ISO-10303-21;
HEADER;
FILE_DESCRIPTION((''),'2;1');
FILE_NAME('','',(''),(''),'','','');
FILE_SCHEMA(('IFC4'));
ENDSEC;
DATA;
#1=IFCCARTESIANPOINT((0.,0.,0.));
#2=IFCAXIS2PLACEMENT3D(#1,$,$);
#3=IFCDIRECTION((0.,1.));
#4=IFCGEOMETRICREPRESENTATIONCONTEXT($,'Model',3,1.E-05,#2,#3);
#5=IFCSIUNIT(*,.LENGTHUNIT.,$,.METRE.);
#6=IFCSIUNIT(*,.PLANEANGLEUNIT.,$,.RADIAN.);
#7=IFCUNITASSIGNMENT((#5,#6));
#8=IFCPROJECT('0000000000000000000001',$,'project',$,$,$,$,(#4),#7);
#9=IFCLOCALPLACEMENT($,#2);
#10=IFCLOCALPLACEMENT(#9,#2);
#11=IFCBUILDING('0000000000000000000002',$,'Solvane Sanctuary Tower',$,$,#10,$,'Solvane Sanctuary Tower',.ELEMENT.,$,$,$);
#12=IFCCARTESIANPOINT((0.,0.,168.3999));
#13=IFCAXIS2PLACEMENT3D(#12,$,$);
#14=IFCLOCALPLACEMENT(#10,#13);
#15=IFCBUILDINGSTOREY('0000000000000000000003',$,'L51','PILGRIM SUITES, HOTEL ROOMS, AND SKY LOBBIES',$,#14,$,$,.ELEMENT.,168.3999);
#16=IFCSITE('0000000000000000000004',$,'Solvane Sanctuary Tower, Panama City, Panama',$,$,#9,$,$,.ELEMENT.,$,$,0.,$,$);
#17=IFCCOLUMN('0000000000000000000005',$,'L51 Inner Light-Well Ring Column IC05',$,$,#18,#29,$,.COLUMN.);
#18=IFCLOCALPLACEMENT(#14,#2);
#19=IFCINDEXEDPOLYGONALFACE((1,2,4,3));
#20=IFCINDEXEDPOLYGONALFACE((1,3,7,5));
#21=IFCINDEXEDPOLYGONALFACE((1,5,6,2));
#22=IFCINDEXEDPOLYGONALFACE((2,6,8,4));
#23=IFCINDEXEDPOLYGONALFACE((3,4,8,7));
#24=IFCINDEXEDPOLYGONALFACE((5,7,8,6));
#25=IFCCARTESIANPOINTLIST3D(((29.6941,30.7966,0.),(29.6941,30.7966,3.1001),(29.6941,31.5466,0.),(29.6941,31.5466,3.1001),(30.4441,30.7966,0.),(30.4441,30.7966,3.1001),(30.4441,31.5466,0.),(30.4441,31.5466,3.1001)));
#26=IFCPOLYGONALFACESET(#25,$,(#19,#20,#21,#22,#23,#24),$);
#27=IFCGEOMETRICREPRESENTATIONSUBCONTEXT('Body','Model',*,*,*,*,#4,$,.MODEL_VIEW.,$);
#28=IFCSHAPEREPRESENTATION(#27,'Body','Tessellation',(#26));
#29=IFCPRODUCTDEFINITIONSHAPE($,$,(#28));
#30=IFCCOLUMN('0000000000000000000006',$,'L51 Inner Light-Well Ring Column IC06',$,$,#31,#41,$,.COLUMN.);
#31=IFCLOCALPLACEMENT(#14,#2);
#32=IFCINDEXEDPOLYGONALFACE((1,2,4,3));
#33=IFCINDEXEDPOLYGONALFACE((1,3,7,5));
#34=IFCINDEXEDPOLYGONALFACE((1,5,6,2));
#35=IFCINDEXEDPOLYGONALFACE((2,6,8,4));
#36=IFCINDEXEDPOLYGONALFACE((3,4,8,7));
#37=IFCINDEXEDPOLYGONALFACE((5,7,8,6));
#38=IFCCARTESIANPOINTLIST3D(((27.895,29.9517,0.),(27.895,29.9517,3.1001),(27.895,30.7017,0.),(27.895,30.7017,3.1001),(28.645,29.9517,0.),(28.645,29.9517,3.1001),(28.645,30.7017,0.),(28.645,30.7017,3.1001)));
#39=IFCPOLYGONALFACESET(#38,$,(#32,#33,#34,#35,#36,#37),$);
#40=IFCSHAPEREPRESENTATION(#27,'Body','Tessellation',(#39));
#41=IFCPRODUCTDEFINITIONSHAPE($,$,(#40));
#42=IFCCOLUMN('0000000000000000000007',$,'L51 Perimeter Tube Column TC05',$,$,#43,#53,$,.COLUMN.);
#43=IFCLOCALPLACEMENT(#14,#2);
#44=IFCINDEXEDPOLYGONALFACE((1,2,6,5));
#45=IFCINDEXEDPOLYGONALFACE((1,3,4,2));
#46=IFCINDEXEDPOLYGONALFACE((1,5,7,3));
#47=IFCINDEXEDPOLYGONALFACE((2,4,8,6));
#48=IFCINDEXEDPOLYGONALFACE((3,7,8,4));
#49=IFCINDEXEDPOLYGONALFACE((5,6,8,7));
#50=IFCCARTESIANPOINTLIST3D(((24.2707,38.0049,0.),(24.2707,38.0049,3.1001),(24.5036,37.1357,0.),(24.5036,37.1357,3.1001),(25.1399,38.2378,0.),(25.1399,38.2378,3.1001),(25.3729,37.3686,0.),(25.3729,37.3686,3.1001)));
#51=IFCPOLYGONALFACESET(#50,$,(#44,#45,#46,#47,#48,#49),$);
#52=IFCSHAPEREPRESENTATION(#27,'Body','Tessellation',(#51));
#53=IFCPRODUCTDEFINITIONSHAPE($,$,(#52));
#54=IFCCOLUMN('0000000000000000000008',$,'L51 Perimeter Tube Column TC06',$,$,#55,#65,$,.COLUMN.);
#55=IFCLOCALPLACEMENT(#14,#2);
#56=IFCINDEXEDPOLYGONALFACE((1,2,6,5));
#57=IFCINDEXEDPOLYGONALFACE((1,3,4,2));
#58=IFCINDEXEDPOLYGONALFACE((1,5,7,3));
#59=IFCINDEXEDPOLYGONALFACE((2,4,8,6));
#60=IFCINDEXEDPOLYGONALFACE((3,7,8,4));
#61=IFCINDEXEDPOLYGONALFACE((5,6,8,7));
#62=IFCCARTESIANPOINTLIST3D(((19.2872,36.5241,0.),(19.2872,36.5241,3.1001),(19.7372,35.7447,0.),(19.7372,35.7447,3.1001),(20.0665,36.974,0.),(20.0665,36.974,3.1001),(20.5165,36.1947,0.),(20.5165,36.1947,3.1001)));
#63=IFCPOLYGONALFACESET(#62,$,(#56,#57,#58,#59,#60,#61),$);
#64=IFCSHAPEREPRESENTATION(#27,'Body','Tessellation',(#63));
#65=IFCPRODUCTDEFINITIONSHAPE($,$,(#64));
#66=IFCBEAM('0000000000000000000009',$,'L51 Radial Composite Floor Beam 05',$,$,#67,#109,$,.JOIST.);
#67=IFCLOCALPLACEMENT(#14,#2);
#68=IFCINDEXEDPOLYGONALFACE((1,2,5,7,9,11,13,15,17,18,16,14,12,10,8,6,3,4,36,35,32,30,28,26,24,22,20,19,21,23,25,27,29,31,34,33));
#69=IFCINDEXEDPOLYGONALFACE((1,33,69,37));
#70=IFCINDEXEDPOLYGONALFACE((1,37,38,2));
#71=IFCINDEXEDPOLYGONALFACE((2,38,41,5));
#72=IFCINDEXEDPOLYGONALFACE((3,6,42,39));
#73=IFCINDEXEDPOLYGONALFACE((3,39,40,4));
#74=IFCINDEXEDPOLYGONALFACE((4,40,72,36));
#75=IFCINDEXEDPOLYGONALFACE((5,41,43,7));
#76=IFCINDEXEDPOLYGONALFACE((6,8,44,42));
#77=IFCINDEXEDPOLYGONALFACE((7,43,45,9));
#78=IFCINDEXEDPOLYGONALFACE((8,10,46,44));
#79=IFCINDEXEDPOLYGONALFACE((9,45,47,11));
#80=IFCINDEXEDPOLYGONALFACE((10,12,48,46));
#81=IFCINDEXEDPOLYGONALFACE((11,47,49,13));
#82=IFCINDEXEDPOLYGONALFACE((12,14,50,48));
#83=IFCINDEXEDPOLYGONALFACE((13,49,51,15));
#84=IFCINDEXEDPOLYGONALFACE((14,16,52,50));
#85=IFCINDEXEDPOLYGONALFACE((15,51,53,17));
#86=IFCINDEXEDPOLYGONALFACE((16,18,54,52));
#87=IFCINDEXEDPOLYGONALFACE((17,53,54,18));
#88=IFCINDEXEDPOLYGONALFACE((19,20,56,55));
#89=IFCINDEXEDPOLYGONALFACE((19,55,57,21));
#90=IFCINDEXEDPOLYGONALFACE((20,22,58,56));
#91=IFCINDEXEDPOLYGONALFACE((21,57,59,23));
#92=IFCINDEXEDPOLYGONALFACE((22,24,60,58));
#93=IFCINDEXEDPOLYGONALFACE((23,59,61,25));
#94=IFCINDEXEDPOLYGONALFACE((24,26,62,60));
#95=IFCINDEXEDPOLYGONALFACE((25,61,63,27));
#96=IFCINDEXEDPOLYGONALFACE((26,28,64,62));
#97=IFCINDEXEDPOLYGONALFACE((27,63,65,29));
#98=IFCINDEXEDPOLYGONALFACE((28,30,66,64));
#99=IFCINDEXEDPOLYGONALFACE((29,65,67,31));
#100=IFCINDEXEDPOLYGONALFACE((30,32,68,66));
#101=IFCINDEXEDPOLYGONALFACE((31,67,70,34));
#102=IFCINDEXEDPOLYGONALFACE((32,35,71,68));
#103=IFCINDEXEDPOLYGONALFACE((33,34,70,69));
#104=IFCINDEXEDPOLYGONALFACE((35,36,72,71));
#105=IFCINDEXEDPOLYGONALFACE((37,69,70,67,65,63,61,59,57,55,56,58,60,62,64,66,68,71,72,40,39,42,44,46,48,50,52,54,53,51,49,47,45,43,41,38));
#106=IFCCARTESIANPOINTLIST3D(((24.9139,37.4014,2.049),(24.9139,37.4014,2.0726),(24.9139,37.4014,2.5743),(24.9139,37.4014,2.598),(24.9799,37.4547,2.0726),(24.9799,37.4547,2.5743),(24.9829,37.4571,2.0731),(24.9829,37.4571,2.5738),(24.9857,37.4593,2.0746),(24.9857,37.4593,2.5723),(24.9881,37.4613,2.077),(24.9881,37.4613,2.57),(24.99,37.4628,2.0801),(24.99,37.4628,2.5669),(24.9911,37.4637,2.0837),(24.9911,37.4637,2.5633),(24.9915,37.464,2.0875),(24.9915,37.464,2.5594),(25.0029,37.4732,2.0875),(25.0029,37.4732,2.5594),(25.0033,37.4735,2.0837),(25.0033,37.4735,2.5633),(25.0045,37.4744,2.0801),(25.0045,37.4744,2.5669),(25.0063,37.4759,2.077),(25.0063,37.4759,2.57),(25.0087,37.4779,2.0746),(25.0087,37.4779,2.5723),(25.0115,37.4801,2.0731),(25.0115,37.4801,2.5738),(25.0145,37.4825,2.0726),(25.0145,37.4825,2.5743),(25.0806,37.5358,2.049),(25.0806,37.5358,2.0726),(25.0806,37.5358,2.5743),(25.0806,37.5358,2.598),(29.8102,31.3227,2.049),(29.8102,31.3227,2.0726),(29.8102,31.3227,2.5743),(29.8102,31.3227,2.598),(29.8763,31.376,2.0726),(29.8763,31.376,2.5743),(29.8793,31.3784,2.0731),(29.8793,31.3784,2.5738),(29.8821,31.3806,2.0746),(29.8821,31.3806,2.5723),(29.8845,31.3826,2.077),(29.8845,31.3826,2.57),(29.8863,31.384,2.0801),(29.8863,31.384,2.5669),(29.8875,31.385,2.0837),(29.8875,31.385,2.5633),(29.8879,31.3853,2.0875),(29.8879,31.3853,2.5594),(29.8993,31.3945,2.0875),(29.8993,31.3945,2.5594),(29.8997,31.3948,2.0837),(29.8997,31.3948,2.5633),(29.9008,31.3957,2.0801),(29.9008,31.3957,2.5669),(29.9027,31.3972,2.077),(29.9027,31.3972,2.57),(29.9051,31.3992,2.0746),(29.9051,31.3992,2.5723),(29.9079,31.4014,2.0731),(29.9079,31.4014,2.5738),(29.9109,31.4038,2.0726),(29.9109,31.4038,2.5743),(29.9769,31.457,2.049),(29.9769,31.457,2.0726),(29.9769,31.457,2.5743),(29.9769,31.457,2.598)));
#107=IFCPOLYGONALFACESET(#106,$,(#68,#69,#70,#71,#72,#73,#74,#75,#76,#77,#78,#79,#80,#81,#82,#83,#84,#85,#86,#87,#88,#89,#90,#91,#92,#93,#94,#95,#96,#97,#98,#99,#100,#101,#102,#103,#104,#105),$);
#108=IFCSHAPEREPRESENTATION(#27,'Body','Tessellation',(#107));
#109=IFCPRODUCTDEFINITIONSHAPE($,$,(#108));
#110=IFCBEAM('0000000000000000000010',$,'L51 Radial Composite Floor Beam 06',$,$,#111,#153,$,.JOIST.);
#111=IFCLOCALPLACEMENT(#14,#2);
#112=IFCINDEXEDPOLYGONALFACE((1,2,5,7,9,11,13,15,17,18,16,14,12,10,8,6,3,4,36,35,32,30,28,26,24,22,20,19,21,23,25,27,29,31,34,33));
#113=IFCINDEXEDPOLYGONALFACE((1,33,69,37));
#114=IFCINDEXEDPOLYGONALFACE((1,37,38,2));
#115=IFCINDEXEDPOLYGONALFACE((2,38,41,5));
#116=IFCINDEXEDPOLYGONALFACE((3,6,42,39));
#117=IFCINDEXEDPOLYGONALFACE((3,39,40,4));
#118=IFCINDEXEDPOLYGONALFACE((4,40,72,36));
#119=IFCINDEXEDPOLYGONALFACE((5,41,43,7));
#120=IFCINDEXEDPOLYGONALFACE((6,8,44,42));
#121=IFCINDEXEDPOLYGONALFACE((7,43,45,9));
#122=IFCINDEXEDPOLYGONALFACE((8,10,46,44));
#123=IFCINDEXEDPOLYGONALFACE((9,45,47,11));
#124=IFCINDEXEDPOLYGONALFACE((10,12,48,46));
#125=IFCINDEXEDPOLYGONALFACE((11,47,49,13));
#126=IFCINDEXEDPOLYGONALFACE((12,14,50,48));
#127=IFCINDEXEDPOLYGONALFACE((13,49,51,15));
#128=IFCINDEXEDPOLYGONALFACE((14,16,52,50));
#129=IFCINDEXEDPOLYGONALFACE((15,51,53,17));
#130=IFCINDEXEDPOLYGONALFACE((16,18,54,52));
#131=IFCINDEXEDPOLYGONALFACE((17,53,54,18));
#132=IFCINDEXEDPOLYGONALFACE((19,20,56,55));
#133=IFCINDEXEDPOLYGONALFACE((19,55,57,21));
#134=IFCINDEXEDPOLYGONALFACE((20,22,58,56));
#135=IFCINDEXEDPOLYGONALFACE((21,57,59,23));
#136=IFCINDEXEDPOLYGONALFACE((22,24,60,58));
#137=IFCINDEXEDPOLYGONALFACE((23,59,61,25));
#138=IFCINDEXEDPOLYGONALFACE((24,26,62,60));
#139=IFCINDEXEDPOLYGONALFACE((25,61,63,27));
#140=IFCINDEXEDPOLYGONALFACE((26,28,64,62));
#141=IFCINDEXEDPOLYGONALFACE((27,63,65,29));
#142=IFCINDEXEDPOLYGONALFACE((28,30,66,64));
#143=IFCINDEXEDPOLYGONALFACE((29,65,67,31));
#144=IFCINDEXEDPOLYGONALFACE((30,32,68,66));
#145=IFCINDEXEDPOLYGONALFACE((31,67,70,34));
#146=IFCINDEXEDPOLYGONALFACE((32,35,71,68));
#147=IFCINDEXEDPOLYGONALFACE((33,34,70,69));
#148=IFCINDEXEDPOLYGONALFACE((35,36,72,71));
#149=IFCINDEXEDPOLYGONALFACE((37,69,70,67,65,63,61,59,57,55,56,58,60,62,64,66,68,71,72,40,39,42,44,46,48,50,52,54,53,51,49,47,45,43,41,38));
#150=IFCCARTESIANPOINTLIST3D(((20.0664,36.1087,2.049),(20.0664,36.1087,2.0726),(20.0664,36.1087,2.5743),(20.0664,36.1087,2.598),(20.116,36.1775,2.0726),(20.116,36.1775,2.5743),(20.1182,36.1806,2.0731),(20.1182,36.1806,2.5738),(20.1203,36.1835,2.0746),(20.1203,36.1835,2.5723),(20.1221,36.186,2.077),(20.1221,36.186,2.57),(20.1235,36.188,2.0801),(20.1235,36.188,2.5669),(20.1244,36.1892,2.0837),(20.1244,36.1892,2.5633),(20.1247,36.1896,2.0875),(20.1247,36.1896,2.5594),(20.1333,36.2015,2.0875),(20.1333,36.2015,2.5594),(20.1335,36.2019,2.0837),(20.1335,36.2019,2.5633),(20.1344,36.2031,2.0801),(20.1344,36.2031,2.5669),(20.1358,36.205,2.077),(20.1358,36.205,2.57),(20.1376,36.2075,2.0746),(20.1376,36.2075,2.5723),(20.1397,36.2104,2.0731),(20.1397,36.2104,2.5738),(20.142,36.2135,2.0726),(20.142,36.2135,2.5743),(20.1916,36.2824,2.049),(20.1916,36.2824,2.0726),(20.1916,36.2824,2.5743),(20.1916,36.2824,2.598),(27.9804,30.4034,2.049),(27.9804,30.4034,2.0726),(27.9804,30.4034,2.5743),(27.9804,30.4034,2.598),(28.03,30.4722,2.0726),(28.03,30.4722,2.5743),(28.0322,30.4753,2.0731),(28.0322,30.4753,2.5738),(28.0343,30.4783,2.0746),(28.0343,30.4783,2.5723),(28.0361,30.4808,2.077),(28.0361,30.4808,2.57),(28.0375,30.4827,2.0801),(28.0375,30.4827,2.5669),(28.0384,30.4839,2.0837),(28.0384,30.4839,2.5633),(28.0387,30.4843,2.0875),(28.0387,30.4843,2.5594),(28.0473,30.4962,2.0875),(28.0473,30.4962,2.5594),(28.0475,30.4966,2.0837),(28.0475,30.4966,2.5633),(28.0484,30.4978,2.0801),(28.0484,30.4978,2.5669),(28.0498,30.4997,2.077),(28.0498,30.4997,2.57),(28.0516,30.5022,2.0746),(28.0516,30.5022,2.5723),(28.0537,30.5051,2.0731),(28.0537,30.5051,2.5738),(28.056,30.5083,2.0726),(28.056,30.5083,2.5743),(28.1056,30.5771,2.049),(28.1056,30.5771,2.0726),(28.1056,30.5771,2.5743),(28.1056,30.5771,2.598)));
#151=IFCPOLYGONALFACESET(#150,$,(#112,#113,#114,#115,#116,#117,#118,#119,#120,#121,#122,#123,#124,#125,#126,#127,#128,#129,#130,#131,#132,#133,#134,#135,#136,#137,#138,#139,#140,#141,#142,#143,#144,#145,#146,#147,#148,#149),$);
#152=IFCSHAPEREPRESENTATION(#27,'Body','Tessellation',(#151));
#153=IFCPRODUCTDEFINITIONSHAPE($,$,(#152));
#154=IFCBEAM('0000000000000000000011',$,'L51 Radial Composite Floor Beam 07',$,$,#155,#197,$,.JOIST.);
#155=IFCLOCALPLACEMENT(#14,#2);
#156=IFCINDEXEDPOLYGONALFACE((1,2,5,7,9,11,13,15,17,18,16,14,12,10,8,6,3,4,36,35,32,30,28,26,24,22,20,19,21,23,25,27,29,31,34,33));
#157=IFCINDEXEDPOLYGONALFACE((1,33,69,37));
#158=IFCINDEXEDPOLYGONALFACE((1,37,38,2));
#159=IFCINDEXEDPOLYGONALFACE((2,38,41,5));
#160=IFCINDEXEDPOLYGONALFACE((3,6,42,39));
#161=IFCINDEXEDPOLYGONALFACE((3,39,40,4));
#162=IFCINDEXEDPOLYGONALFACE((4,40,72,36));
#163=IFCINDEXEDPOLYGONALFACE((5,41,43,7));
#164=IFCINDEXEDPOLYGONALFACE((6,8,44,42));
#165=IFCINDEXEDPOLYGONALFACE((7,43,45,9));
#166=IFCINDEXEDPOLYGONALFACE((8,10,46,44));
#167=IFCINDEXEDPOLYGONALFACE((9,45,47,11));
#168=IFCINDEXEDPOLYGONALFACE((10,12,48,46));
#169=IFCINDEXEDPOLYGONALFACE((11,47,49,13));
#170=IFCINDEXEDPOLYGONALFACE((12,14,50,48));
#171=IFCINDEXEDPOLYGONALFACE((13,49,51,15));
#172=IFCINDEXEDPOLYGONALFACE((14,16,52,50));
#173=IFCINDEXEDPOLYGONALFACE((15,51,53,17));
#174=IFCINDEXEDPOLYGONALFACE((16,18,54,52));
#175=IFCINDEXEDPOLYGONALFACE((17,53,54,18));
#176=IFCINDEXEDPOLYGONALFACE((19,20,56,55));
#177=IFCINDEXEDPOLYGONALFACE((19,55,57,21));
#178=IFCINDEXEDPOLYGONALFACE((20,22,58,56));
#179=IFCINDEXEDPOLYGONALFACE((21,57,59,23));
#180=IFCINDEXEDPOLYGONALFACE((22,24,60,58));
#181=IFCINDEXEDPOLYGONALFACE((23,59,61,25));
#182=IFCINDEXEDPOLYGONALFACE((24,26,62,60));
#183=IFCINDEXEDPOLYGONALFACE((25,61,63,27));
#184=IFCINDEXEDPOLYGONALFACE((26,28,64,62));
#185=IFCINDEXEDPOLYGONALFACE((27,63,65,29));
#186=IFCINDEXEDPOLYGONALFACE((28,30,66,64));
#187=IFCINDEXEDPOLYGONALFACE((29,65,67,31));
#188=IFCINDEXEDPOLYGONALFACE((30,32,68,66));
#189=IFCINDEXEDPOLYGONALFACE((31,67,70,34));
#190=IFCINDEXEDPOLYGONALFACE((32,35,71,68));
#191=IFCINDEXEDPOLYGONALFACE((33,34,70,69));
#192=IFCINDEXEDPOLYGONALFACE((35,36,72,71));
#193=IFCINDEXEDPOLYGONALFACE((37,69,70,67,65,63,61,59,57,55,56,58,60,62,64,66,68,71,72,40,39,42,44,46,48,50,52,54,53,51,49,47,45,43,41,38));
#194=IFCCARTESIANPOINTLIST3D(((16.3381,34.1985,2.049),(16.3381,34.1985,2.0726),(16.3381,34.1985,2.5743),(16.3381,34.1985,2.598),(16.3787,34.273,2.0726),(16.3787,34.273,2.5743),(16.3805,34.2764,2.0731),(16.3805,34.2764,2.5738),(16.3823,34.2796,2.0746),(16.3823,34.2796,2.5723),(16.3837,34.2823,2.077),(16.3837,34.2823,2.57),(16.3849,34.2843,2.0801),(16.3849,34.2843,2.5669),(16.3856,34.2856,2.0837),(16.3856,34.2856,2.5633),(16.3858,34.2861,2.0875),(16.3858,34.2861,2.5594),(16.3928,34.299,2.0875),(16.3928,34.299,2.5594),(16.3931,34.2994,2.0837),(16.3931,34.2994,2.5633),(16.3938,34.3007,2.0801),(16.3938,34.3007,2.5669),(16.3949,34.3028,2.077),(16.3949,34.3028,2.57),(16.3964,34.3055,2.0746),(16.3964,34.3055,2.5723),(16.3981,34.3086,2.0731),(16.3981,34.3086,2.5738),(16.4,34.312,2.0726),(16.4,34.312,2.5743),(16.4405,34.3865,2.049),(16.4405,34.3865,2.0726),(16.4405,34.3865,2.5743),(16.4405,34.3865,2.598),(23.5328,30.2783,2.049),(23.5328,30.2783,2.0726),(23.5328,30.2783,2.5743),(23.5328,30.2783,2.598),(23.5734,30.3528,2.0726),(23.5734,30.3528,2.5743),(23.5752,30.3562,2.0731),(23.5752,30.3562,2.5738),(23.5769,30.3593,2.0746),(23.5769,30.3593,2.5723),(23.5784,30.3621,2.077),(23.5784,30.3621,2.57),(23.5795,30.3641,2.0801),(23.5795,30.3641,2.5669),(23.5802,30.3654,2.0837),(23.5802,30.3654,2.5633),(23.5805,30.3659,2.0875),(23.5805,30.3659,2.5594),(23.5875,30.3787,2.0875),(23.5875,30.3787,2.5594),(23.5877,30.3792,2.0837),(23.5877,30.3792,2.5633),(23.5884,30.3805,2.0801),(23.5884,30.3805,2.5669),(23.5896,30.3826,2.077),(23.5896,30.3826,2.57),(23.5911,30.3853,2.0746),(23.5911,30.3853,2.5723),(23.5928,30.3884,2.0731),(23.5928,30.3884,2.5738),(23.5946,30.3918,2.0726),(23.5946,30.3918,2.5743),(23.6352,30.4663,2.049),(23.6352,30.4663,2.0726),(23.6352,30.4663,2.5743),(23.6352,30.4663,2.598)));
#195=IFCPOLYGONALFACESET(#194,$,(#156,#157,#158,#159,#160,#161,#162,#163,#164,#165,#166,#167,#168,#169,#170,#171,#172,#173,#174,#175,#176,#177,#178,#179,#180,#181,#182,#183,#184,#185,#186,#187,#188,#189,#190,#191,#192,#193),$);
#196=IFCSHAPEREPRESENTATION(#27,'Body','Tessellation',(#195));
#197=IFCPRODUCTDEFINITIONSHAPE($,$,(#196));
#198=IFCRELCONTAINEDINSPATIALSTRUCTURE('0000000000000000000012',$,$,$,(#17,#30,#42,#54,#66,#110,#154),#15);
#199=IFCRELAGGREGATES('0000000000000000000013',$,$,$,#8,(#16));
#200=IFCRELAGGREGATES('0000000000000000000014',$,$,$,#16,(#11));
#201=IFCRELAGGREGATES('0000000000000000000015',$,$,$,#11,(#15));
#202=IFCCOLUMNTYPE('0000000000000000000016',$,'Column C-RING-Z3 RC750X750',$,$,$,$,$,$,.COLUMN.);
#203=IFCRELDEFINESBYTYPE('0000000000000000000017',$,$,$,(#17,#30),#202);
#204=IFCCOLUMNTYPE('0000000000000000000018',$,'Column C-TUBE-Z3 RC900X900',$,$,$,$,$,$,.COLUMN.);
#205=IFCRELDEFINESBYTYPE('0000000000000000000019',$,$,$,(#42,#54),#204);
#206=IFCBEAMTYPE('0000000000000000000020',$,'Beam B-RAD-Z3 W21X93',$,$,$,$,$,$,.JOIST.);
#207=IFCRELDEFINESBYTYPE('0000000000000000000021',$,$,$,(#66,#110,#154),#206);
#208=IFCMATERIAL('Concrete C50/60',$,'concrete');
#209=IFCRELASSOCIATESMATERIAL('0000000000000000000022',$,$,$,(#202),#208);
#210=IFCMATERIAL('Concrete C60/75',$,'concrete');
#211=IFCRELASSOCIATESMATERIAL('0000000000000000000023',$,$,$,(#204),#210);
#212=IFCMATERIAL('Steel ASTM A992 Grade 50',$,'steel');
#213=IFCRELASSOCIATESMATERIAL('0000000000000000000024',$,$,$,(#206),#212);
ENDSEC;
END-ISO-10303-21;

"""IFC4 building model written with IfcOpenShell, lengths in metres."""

from ifc_helpers import new_model, si_unit, direction, frame, origin, origin_2d, place, context, subcontext, project, spatial, rectangle, i_section, extrude, material, material_profile, profile_set, type_object, element, save


model = new_model("IFC4")

# Units and contexts
model_context = context("Model", 3, precision=1e-05, world=origin(), true_north=direction((0.0, 1.0)))
body_context = subcontext(model_context, "Body", "Model", "MODEL_VIEW")
ifc_project = project(units=[si_unit("LENGTHUNIT", "METRE"), si_unit("PLANEANGLEUNIT", "RADIAN")], contexts=[model_context])

# Site, building, storey
site_placement = place(None, origin())
site = spatial("IfcSite", under=ifc_project, at=site_placement, Name="Solvane Sanctuary Tower, Panama City, Panama", CompositionType="ELEMENT", RefElevation=0.0)
building_placement = place(site_placement, origin())
building = spatial("IfcBuilding", under=site, at=building_placement, Name="Solvane Sanctuary Tower", LongName="Solvane Sanctuary Tower", CompositionType="ELEMENT")
storey_placement = place(building_placement, frame((0.0, 0.0, 168.3999)))
storey = spatial("IfcBuildingStorey", under=building, at=storey_placement, Name="L51", Description="PILGRIM SUITES, HOTEL ROOMS, AND SKY LOBBIES", CompositionType="ELEMENT", Elevation=168.3999)

# Columns
ifc_material_1 = material(Name="Concrete C50/60", Category="concrete")
ifc_material_profile_1 = material_profile(ifc_material_1, rectangle(XDim=0.75, YDim=0.75, at=origin_2d()), Name="RC750X750")
ifc_profile_set_1 = profile_set([ifc_material_profile_1], Name="Concrete C50/60")
column_type_1 = type_object("IfcColumnType", Name="Column C-RING-Z3 RC750X750", PredefinedType="COLUMN", material=ifc_profile_set_1)
for number, where, z_axis, x_axis, name in (
    (1, (30.0691, 31.1716, 0.0), (0.0, 0.0, 1.0), (1.0, 0.0, 0.0), "L51 Inner Light-Well Ring Column IC05"),
    (2, (28.27, 30.3267, 0.0), (0.0, 0.0, 1.0), (1.0, 0.0, 0.0), "L51 Inner Light-Well Ring Column IC06"),
):
    element("IfcColumn", number, at=place(storey_placement, frame(where, z_axis=z_axis, x_axis=x_axis)), inside=storey, type_object=column_type_1, Name=name, PredefinedType="COLUMN", context=body_context, shape_type="SweptSolid", body=[
        extrude(rectangle(XDim=0.75, YDim=0.75, at=origin_2d()), origin(), (0.0, 0.0, 1.0), 3.1001),
    ])
ifc_material_2 = material(Name="Concrete C60/75", Category="concrete")
ifc_material_profile_2 = material_profile(ifc_material_2, rectangle(XDim=0.8999, YDim=0.8999, at=origin_2d()), Name="RC900X900")
ifc_profile_set_2 = profile_set([ifc_material_profile_2], Name="Concrete C60/75")
column_type_2 = type_object("IfcColumnType", Name="Column C-TUBE-Z3 RC900X900", PredefinedType="COLUMN", material=ifc_profile_set_2)
for number, where, z_axis, x_axis, name in (
    (3, (24.8218, 37.6868, 0.0), (0.0, 0.0, 1.0), (-0.258819, 0.965926, 0.0), "L51 Perimeter Tube Column TC05"),
    (4, (19.9019, 36.3594, 0.0), (0.0, 0.0, 1.0), (-0.5, 0.866025, 0.0), "L51 Perimeter Tube Column TC06"),
):
    element("IfcColumn", number, at=place(storey_placement, frame(where, z_axis=z_axis, x_axis=x_axis)), inside=storey, type_object=column_type_2, Name=name, PredefinedType="COLUMN", context=body_context, shape_type="SweptSolid", body=[
        extrude(rectangle(XDim=0.8999, YDim=0.8999, at=origin_2d()), origin(), (0.0, 0.0, 1.0), 3.1001),
    ])

# Beams
ifc_material_3 = material(Name="Steel ASTM A992 Grade 50", Category="steel")
ifc_material_profile_3 = material_profile(ifc_material_3, i_section(OverallWidth=0.2141, OverallDepth=0.5491, WebThickness=0.0146, FlangeThickness=0.0237, FilletRadius=0.0149, at=origin_2d()), Name="W21X93")
ifc_profile_set_3 = profile_set([ifc_material_profile_3], Name="Steel ASTM A992 Grade 50")
beam_type_1 = type_object("IfcBeamType", Name="Beam B-RAD-Z3 W21X93", PredefinedType="JOIST", material=ifc_profile_set_3)
beam_1_placement = place(storey_placement, frame((29.8936, 31.3899, 2.3235), z_axis=(-0.627297, 0.77878, 0.0), x_axis=(-0.77878, -0.627297, 0.0)))
element("IfcBeam", 5, at=beam_1_placement, inside=storey, type_object=beam_type_1, Name="L51 Radial Composite Floor Beam 05", PredefinedType="JOIST", context=body_context, shape_type="SweptSolid", body=[
    extrude(i_section(OverallWidth=0.2141, OverallDepth=0.5491, WebThickness=0.0146, FlangeThickness=0.0237, FilletRadius=0.0149, at=origin_2d()), origin(), (0.0, 0.0, 1.0), 7.8054),
])
beam_2_placement = place(storey_placement, frame((28.043, 30.4902, 2.3235), z_axis=(-0.811184, 0.58479, 0.0), x_axis=(-0.58479, -0.811184, 0.0)))
element("IfcBeam", 6, at=beam_2_placement, inside=storey, type_object=beam_type_1, Name="L51 Radial Composite Floor Beam 06", PredefinedType="JOIST", context=body_context, shape_type="SweptSolid", body=[
    extrude(i_section(OverallWidth=0.2141, OverallDepth=0.5491, WebThickness=0.0146, FlangeThickness=0.0237, FilletRadius=0.0149, at=origin_2d()), origin(), (0.0, 0.0, 1.0), 9.7561),
])
beam_3_placement = place(storey_placement, frame((23.584, 30.3723, 2.3235), z_axis=(-0.878108, 0.478462, 0.0), x_axis=(-0.478462, -0.878108, 0.0)))
element("IfcBeam", 7, at=beam_3_placement, inside=storey, type_object=beam_type_1, Name="L51 Radial Composite Floor Beam 07", PredefinedType="JOIST", context=body_context, shape_type="SweptSolid", body=[
    extrude(i_section(OverallWidth=0.2141, OverallDepth=0.5491, WebThickness=0.0146, FlangeThickness=0.0237, FilletRadius=0.0149, at=origin_2d()), origin(), (0.0, 0.0, 1.0), 8.1934),
])

save(model, "model.ifc")
